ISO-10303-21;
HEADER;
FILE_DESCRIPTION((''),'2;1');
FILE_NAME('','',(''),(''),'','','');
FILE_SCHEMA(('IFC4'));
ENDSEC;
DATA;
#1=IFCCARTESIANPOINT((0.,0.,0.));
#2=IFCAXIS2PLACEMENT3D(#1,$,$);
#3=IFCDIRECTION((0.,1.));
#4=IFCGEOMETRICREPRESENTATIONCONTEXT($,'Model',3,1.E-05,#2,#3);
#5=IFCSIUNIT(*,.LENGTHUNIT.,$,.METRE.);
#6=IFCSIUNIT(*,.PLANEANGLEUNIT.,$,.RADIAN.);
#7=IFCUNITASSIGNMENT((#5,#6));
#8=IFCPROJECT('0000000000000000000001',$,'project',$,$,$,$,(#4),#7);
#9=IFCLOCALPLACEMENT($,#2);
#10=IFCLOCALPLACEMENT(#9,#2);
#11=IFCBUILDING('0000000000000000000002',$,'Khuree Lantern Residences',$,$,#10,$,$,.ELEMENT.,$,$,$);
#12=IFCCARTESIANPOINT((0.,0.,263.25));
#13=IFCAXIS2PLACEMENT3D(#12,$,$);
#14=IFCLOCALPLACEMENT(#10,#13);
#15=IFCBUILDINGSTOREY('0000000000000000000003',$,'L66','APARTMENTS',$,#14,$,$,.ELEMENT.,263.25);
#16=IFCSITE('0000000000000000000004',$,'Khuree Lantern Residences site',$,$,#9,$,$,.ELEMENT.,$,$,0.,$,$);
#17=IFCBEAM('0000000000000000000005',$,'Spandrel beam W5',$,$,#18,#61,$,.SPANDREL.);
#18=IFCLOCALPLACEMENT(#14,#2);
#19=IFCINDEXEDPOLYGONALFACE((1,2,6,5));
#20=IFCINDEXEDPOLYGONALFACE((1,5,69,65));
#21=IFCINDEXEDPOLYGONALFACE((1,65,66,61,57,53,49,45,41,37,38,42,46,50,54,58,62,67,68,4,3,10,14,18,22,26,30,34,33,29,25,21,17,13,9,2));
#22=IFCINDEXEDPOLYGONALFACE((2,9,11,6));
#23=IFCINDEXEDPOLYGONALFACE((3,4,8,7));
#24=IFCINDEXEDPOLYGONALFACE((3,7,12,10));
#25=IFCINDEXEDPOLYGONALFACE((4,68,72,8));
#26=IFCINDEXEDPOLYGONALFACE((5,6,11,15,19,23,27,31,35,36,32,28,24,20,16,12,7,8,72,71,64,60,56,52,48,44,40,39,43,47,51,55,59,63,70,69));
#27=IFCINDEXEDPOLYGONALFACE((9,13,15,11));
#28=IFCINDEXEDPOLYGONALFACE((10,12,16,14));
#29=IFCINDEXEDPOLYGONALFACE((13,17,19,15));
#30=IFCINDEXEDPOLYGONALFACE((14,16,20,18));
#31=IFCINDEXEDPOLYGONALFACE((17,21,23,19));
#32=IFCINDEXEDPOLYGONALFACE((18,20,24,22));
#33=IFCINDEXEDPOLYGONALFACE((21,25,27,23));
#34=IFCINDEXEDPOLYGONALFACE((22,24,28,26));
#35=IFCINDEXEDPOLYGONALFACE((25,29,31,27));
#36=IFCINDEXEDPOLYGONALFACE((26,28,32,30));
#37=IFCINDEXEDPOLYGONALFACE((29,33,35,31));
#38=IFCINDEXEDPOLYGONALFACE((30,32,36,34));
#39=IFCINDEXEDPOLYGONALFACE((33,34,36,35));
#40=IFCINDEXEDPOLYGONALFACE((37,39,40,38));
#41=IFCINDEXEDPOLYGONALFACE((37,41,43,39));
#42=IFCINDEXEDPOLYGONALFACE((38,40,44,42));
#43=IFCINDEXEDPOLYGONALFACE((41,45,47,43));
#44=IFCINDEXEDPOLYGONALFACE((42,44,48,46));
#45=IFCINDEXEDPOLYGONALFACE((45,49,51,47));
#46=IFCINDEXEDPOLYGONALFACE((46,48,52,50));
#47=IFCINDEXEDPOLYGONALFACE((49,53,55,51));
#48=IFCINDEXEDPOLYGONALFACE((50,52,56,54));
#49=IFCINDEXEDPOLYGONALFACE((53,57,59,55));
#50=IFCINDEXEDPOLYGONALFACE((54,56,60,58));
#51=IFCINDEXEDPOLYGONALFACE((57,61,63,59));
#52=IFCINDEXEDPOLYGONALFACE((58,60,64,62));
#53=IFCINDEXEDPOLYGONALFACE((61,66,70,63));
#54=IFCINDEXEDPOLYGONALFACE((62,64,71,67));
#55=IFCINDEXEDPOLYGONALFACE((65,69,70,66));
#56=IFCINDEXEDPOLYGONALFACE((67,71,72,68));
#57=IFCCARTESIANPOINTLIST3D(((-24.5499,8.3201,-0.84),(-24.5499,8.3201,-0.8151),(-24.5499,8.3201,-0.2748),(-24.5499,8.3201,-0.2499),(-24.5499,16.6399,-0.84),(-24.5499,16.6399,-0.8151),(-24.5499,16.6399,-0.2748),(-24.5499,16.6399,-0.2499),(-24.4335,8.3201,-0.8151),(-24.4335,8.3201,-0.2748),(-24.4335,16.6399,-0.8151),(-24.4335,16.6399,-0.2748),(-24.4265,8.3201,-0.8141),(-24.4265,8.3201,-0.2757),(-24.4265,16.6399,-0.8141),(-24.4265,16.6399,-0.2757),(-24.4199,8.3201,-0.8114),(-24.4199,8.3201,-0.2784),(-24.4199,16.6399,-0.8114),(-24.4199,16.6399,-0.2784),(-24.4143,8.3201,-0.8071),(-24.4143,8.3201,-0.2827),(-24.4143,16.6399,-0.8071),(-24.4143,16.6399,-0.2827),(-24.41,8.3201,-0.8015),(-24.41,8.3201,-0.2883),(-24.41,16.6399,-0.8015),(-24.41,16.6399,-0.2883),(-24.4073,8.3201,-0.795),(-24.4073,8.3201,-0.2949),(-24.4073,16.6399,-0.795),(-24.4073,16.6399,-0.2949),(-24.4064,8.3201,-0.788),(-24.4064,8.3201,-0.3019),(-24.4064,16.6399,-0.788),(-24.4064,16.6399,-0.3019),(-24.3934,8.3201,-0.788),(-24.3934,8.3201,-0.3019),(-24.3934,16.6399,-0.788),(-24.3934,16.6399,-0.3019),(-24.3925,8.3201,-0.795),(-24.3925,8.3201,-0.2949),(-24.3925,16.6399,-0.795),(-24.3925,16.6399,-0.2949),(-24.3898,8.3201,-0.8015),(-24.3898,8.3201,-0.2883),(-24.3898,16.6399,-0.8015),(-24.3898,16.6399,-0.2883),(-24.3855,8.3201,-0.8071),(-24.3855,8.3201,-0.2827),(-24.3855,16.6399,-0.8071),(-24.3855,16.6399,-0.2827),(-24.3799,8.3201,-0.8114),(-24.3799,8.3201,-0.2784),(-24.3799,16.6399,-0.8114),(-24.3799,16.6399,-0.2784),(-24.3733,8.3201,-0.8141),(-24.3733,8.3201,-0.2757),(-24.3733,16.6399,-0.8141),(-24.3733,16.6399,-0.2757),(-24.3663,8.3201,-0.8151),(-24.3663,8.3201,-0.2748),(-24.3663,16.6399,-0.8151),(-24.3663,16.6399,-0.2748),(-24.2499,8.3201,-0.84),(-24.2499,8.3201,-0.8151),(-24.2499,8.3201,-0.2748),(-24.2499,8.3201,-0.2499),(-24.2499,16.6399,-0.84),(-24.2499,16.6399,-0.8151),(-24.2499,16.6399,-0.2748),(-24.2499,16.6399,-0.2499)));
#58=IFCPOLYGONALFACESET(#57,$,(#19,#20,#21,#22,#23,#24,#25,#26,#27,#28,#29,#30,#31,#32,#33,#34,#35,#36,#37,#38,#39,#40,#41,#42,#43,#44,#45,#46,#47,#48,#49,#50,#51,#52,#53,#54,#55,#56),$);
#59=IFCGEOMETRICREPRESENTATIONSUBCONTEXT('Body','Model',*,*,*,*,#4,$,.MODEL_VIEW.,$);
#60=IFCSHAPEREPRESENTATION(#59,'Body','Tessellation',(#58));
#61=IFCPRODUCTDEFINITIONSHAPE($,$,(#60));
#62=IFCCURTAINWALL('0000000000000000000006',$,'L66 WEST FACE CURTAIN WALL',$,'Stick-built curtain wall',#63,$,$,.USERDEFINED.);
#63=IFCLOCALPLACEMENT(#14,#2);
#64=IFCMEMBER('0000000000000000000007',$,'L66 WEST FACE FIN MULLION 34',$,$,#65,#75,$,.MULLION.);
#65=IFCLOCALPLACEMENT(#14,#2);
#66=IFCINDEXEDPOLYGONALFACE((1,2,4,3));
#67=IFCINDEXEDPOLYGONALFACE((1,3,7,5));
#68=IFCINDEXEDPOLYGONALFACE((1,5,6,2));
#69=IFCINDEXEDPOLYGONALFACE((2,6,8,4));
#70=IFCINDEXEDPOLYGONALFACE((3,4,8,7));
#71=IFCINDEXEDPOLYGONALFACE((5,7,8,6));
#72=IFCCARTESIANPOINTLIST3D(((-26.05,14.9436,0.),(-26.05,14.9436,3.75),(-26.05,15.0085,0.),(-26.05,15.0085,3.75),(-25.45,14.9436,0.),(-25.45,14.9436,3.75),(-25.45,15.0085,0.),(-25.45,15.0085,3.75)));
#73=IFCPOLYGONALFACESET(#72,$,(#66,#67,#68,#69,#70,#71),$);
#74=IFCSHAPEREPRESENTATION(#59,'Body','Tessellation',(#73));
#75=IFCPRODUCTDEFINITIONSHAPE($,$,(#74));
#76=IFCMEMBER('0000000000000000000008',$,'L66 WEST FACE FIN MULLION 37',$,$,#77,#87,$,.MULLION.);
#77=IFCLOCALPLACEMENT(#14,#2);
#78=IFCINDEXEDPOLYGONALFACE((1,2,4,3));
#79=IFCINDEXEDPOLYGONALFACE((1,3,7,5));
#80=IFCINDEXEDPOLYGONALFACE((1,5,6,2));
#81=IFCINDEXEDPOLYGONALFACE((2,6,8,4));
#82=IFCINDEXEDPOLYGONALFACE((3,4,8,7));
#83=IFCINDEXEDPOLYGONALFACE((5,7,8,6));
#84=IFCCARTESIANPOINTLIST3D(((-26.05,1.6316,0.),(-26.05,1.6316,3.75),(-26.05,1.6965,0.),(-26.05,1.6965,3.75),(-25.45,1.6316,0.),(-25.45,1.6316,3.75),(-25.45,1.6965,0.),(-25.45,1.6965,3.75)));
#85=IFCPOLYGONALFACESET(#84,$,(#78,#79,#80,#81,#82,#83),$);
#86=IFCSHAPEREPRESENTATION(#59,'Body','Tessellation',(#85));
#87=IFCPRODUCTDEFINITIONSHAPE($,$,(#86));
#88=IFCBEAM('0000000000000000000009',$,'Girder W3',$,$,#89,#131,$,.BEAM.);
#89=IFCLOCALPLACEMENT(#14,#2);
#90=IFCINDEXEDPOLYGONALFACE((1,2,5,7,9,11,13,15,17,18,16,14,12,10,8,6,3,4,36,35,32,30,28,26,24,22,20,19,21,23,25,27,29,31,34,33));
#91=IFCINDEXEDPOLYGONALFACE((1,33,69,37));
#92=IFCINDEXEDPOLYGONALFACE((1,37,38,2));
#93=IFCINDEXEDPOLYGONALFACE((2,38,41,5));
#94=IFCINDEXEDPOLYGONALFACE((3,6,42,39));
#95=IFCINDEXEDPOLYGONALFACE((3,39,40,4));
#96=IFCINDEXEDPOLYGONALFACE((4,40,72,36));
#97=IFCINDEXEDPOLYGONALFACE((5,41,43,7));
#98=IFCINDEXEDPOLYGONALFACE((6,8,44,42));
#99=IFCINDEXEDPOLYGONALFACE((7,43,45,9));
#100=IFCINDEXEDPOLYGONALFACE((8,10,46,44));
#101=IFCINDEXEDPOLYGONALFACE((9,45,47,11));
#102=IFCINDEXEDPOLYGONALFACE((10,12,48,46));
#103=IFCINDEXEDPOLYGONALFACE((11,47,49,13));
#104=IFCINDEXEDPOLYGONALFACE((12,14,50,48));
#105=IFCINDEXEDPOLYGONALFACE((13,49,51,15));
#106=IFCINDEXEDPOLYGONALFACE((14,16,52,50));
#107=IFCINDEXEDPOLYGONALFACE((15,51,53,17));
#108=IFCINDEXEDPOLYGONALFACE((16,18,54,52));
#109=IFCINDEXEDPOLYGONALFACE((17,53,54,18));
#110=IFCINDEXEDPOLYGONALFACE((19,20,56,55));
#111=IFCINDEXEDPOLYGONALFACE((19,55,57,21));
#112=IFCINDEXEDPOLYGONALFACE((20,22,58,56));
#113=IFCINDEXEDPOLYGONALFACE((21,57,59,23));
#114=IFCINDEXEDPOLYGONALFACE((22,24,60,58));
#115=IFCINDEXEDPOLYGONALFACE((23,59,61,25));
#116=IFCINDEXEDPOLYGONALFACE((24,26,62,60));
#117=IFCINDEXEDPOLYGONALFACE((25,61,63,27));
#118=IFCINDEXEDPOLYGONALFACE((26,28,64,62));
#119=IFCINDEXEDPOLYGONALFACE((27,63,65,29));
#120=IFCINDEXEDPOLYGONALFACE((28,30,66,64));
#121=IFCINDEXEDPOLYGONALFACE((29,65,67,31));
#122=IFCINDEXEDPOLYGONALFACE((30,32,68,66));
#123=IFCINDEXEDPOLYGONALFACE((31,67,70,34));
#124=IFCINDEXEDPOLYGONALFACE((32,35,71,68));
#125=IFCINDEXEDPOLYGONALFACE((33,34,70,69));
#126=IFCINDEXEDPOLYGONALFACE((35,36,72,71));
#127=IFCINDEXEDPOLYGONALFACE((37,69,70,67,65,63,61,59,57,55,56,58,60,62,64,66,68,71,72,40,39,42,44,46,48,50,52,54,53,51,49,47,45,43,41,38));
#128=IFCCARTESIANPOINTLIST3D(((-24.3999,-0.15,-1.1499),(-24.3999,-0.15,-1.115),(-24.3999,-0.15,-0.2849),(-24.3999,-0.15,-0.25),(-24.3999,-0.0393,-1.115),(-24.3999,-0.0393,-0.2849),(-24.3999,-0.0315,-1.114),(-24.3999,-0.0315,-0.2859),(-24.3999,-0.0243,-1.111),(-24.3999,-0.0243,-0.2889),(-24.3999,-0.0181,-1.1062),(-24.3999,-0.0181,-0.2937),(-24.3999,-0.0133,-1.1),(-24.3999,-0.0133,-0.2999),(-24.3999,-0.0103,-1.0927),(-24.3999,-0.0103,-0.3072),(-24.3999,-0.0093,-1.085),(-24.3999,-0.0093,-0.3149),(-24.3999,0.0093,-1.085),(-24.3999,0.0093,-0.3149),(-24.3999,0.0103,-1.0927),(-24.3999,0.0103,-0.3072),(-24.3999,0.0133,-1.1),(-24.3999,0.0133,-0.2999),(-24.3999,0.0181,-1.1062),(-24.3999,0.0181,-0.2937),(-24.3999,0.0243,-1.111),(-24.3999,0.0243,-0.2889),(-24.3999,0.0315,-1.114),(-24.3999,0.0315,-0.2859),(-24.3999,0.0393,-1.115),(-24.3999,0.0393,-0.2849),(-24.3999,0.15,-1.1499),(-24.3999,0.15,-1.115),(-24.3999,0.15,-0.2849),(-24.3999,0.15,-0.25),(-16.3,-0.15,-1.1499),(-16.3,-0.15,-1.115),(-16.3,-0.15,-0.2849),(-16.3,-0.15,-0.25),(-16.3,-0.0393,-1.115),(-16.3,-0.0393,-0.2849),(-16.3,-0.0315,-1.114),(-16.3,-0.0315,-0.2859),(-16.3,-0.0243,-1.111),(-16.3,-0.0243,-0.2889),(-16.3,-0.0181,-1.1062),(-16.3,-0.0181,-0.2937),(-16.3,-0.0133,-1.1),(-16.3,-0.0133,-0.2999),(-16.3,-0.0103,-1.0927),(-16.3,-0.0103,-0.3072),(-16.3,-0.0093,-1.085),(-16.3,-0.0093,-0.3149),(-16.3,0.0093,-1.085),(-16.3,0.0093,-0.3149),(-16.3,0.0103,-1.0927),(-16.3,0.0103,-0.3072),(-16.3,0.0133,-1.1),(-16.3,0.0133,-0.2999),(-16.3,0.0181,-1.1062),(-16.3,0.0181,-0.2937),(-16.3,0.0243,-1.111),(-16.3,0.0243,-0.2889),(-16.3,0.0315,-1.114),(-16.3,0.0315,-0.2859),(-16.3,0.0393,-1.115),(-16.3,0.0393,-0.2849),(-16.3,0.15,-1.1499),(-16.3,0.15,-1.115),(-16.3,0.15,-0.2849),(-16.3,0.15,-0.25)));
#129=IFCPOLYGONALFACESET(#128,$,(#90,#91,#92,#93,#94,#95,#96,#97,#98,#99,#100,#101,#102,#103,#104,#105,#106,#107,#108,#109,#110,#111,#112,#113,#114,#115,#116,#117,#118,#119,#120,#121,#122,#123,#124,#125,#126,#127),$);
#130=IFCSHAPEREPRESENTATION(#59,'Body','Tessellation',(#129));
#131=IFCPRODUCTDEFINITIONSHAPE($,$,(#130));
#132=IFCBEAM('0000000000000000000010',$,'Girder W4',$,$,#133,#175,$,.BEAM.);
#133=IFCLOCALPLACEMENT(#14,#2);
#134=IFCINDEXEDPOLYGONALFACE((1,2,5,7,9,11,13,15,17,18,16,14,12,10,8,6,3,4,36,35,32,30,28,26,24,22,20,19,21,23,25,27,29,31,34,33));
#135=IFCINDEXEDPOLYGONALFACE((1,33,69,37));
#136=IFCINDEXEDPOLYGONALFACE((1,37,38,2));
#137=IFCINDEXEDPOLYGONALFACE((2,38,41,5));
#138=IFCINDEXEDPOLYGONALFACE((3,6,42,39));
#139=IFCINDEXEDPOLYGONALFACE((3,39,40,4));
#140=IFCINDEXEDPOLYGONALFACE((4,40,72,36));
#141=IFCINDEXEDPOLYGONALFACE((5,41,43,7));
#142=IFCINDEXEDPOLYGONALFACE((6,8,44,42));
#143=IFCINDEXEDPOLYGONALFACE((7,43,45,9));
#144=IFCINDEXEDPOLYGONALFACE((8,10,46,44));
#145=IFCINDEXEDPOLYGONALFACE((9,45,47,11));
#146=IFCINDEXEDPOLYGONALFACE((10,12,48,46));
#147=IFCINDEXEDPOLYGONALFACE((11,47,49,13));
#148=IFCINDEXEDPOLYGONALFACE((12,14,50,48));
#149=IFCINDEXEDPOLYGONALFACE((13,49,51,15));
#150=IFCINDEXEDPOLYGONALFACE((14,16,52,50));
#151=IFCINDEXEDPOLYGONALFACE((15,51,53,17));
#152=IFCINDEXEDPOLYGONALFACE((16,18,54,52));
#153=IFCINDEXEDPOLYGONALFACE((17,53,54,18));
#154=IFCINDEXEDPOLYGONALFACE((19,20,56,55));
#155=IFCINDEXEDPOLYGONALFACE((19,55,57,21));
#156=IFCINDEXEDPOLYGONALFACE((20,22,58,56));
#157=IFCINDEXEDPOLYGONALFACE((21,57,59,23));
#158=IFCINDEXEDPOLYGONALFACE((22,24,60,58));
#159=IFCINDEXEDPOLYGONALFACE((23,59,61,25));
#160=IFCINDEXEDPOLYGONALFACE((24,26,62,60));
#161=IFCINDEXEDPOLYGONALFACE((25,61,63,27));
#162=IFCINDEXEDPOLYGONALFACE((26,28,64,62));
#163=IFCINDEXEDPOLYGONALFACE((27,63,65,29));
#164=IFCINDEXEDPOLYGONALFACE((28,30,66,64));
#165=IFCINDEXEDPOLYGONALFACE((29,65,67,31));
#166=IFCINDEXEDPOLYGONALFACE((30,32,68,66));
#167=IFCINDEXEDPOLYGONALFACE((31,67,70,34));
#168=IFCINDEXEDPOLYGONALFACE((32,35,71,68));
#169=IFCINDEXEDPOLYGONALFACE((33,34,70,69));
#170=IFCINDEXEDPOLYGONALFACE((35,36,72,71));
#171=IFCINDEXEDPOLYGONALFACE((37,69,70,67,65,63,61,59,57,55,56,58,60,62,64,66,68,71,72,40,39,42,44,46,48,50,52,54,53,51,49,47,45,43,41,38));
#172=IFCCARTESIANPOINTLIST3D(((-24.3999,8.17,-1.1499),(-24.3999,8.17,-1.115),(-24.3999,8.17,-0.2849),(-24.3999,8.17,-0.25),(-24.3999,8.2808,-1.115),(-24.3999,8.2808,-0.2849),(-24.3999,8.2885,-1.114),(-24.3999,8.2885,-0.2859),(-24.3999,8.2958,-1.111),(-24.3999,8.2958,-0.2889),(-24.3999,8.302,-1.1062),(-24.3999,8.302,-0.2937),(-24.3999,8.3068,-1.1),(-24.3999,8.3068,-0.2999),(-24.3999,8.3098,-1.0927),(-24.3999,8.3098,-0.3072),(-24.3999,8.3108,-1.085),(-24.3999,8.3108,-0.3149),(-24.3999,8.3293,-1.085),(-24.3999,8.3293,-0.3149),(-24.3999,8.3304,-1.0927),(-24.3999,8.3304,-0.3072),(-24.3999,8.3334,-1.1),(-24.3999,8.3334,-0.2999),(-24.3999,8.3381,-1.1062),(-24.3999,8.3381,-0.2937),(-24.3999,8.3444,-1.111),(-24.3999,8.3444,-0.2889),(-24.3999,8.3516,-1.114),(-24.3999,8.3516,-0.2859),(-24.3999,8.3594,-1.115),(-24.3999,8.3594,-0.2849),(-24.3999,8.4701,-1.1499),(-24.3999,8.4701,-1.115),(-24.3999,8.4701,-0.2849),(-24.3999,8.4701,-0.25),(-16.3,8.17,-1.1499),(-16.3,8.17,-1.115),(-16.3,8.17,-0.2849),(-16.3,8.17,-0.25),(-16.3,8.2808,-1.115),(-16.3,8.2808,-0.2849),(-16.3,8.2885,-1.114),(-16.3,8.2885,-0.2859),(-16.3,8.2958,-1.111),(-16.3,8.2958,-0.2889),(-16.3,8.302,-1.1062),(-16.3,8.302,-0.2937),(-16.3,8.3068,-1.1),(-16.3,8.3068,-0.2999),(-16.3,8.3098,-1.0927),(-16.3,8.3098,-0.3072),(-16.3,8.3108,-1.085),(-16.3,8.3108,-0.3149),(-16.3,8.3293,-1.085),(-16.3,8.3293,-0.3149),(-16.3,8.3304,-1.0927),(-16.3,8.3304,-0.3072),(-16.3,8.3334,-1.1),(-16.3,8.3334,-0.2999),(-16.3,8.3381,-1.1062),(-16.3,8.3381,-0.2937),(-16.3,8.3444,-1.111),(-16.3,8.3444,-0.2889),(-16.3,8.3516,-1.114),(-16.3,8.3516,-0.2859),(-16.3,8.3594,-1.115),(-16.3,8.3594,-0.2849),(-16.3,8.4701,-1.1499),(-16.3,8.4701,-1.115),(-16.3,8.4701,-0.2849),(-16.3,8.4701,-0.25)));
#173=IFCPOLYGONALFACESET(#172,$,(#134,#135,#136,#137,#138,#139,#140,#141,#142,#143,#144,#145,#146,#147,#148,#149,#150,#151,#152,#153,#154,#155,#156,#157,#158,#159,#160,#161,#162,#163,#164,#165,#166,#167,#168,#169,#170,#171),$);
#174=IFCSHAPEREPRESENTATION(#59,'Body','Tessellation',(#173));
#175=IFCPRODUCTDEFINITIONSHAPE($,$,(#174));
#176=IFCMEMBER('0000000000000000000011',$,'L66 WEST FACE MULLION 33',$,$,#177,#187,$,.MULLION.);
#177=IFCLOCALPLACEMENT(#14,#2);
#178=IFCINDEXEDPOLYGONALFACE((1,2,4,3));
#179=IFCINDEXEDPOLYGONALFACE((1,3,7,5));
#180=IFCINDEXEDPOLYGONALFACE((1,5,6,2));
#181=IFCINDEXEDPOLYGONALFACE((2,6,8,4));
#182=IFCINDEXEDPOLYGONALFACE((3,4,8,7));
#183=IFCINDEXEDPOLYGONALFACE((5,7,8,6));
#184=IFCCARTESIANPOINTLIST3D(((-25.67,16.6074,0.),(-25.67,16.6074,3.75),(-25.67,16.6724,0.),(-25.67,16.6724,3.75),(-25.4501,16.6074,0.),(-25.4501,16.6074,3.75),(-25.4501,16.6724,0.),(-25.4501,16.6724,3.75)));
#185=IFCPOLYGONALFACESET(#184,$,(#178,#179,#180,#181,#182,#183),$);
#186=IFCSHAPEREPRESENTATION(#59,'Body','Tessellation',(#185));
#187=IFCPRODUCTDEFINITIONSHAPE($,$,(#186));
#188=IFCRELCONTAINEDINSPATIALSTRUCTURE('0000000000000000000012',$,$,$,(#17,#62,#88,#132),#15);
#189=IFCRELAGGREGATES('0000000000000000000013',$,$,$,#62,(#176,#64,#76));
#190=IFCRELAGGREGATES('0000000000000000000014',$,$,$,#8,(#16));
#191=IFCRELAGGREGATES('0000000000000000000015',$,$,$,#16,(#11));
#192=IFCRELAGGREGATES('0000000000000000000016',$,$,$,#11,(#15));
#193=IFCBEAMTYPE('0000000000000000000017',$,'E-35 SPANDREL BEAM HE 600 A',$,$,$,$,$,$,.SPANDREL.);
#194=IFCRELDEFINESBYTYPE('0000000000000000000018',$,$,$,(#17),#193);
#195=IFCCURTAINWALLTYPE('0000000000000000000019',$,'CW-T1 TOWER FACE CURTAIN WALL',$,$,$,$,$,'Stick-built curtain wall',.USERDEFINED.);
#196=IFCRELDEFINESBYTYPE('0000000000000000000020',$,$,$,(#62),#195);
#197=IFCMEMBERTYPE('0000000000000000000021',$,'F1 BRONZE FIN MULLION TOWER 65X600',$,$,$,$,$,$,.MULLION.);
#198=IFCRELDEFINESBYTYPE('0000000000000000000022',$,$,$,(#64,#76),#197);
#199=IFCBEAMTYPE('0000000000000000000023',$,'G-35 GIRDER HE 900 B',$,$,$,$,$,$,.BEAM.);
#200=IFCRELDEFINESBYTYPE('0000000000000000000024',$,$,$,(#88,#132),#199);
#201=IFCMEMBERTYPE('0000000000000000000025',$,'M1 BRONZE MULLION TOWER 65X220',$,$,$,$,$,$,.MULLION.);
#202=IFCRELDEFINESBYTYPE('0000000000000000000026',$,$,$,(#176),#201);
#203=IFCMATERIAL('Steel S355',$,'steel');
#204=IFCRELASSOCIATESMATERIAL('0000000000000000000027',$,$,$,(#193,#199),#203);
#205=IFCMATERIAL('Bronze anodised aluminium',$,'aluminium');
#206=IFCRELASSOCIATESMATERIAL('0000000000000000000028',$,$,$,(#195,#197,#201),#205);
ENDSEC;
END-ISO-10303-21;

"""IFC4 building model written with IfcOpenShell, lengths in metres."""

from ifc_helpers import new_model, si_unit, direction, frame, origin, origin_2d, place, context, subcontext, project, spatial, rectangle, i_section, extrude, material, material_profile, profile_set, type_object, element, aggregate, save


model = new_model("IFC4")

# Units and contexts
model_context = context("Model", 3, precision=1e-05, world=origin(), true_north=direction((0.0, 1.0)))
body_context = subcontext(model_context, "Body", "Model", "MODEL_VIEW")
ifc_project = project(units=[si_unit("LENGTHUNIT", "METRE"), si_unit("PLANEANGLEUNIT", "RADIAN")], contexts=[model_context])

# Site, building, storey
site_placement = place(None, origin())
site = spatial("IfcSite", under=ifc_project, at=site_placement, Name="Khuree Lantern Residences site", CompositionType="ELEMENT", RefElevation=0.0)
building_placement = place(site_placement, origin())
building = spatial("IfcBuilding", under=site, at=building_placement, Name="Khuree Lantern Residences", CompositionType="ELEMENT")
storey_placement = place(building_placement, frame((0.0, 0.0, 263.25)))
storey = spatial("IfcBuildingStorey", under=building, at=storey_placement, Name="L66", Description="APARTMENTS", CompositionType="ELEMENT", Elevation=263.25)

# Beam
ifc_material_1 = material(Name="Steel S355", Category="steel")
ifc_material_profile_1 = material_profile(ifc_material_1, i_section(OverallWidth=0.3, OverallDepth=0.5901, WebThickness=0.0129, FlangeThickness=0.0249, FilletRadius=0.0271, at=origin_2d()), Name="HE 600 A")
ifc_profile_set_1 = profile_set([ifc_material_profile_1], Name="Steel S355")
beam_type_1 = type_object("IfcBeamType", Name="E-35 SPANDREL BEAM HE 600 A", PredefinedType="SPANDREL", material=ifc_profile_set_1)
beam_1_placement = place(storey_placement, frame((-24.3999, 8.3201, -0.5449), z_axis=(0.0, 1.0, 0.0), x_axis=(-1.0, 0.0, 0.0)))
element("IfcBeam", 1, at=beam_1_placement, inside=storey, type_object=beam_type_1, Name="Spandrel beam W5", PredefinedType="SPANDREL", context=body_context, shape_type="SweptSolid", body=[
    extrude(i_section(OverallWidth=0.3, OverallDepth=0.5901, WebThickness=0.0129, FlangeThickness=0.0249, FilletRadius=0.0271, at=origin_2d()), origin(), (0.0, 0.0, 1.0), 8.3198),
])

# Curtain wall, members
ifc_material_2 = material(Name="Bronze anodised aluminium", Category="aluminium")
curtain_wall_type = type_object("IfcCurtainWallType", Name="CW-T1 TOWER FACE CURTAIN WALL", ElementType="Stick-built curtain wall", PredefinedType="USERDEFINED", material=ifc_material_2)
curtain_wall_placement = place(storey_placement, origin())
curtain_wall = element("IfcCurtainWall", 2, at=curtain_wall_placement, inside=storey, type_object=curtain_wall_type, Name="L66 WEST FACE CURTAIN WALL", ObjectType="Stick-built curtain wall", PredefinedType="USERDEFINED")
ifc_material_profile_2 = material_profile(ifc_material_2, rectangle(XDim=0.0649, YDim=0.6001, at=origin_2d()), Name="F1 65X600")
ifc_profile_set_2 = profile_set([ifc_material_profile_2], Name="Bronze anodised aluminium")
member_type_1 = type_object("IfcMemberType", Name="F1 BRONZE FIN MULLION TOWER 65X600", PredefinedType="MULLION", material=ifc_profile_set_2)
member_1_placement = place(storey_placement, frame((-25.75, 14.9761, 0.0), z_axis=(0.0, 0.0, 1.0), x_axis=(0.0, -1.0, 0.0)))
member_1 = element("IfcMember", 3, at=member_1_placement, type_object=member_type_1, Name="L66 WEST FACE FIN MULLION 34", PredefinedType="MULLION", context=body_context, shape_type="SweptSolid", body=[
    extrude(rectangle(XDim=0.0649, YDim=0.6001, at=origin_2d()), origin(), (0.0, 0.0, 1.0), 3.75),
])
member_2_placement = place(storey_placement, frame((-25.75, 1.6641, 0.0), z_axis=(0.0, 0.0, 1.0), x_axis=(0.0, -1.0, 0.0)))
member_2 = element("IfcMember", 4, at=member_2_placement, type_object=member_type_1, Name="L66 WEST FACE FIN MULLION 37", PredefinedType="MULLION", context=body_context, shape_type="SweptSolid", body=[
    extrude(rectangle(XDim=0.0649, YDim=0.6001, at=origin_2d()), origin(), (0.0, 0.0, 1.0), 3.75),
])

# Beams
ifc_material_profile_3 = material_profile(ifc_material_1, i_section(OverallWidth=0.3, OverallDepth=0.8999, WebThickness=0.0186, FlangeThickness=0.0349, FilletRadius=0.03, at=origin_2d()), Name="HE 900 B")
ifc_profile_set_3 = profile_set([ifc_material_profile_3], Name="Steel S355")
beam_type_2 = type_object("IfcBeamType", Name="G-35 GIRDER HE 900 B", PredefinedType="BEAM", material=ifc_profile_set_3)
for number, where, z_axis, x_axis, name in (
    (5, (-24.3999, 0.0, -0.7), (1.0, 0.0, 0.0), (0.0, 1.0, 0.0), "Girder W3"),
    (6, (-24.3999, 8.3201, -0.7), (1.0, 0.0, 0.0), (0.0, 1.0, 0.0), "Girder W4"),
):
    element("IfcBeam", number, at=place(storey_placement, frame(where, z_axis=z_axis, x_axis=x_axis)), inside=storey, type_object=beam_type_2, Name=name, PredefinedType="BEAM", context=body_context, shape_type="SweptSolid", body=[
        extrude(i_section(OverallWidth=0.3, OverallDepth=0.8999, WebThickness=0.0186, FlangeThickness=0.0349, FilletRadius=0.03, at=origin_2d()), origin(), (0.0, 0.0, 1.0), 8.0999),
    ])

# Member
ifc_material_profile_4 = material_profile(ifc_material_2, rectangle(XDim=0.0649, YDim=0.22, at=origin_2d()), Name="M1 65X220")
ifc_profile_set_4 = profile_set([ifc_material_profile_4], Name="Bronze anodised aluminium")
member_type_2 = type_object("IfcMemberType", Name="M1 BRONZE MULLION TOWER 65X220", PredefinedType="MULLION", material=ifc_profile_set_4)
member_3_placement = place(storey_placement, frame((-25.5601, 16.6399, 0.0), z_axis=(0.0, 0.0, 1.0), x_axis=(0.0, -1.0, 0.0)))
member_3 = element("IfcMember", 7, at=member_3_placement, type_object=member_type_2, Name="L66 WEST FACE MULLION 33", PredefinedType="MULLION", context=body_context, shape_type="SweptSolid", body=[
    extrude(rectangle(XDim=0.0649, YDim=0.22, at=origin_2d()), origin(), (0.0, 0.0, 1.0), 3.75),
])

aggregate(curtain_wall, [member_3, member_1, member_2])

save(model, "model.ifc")
